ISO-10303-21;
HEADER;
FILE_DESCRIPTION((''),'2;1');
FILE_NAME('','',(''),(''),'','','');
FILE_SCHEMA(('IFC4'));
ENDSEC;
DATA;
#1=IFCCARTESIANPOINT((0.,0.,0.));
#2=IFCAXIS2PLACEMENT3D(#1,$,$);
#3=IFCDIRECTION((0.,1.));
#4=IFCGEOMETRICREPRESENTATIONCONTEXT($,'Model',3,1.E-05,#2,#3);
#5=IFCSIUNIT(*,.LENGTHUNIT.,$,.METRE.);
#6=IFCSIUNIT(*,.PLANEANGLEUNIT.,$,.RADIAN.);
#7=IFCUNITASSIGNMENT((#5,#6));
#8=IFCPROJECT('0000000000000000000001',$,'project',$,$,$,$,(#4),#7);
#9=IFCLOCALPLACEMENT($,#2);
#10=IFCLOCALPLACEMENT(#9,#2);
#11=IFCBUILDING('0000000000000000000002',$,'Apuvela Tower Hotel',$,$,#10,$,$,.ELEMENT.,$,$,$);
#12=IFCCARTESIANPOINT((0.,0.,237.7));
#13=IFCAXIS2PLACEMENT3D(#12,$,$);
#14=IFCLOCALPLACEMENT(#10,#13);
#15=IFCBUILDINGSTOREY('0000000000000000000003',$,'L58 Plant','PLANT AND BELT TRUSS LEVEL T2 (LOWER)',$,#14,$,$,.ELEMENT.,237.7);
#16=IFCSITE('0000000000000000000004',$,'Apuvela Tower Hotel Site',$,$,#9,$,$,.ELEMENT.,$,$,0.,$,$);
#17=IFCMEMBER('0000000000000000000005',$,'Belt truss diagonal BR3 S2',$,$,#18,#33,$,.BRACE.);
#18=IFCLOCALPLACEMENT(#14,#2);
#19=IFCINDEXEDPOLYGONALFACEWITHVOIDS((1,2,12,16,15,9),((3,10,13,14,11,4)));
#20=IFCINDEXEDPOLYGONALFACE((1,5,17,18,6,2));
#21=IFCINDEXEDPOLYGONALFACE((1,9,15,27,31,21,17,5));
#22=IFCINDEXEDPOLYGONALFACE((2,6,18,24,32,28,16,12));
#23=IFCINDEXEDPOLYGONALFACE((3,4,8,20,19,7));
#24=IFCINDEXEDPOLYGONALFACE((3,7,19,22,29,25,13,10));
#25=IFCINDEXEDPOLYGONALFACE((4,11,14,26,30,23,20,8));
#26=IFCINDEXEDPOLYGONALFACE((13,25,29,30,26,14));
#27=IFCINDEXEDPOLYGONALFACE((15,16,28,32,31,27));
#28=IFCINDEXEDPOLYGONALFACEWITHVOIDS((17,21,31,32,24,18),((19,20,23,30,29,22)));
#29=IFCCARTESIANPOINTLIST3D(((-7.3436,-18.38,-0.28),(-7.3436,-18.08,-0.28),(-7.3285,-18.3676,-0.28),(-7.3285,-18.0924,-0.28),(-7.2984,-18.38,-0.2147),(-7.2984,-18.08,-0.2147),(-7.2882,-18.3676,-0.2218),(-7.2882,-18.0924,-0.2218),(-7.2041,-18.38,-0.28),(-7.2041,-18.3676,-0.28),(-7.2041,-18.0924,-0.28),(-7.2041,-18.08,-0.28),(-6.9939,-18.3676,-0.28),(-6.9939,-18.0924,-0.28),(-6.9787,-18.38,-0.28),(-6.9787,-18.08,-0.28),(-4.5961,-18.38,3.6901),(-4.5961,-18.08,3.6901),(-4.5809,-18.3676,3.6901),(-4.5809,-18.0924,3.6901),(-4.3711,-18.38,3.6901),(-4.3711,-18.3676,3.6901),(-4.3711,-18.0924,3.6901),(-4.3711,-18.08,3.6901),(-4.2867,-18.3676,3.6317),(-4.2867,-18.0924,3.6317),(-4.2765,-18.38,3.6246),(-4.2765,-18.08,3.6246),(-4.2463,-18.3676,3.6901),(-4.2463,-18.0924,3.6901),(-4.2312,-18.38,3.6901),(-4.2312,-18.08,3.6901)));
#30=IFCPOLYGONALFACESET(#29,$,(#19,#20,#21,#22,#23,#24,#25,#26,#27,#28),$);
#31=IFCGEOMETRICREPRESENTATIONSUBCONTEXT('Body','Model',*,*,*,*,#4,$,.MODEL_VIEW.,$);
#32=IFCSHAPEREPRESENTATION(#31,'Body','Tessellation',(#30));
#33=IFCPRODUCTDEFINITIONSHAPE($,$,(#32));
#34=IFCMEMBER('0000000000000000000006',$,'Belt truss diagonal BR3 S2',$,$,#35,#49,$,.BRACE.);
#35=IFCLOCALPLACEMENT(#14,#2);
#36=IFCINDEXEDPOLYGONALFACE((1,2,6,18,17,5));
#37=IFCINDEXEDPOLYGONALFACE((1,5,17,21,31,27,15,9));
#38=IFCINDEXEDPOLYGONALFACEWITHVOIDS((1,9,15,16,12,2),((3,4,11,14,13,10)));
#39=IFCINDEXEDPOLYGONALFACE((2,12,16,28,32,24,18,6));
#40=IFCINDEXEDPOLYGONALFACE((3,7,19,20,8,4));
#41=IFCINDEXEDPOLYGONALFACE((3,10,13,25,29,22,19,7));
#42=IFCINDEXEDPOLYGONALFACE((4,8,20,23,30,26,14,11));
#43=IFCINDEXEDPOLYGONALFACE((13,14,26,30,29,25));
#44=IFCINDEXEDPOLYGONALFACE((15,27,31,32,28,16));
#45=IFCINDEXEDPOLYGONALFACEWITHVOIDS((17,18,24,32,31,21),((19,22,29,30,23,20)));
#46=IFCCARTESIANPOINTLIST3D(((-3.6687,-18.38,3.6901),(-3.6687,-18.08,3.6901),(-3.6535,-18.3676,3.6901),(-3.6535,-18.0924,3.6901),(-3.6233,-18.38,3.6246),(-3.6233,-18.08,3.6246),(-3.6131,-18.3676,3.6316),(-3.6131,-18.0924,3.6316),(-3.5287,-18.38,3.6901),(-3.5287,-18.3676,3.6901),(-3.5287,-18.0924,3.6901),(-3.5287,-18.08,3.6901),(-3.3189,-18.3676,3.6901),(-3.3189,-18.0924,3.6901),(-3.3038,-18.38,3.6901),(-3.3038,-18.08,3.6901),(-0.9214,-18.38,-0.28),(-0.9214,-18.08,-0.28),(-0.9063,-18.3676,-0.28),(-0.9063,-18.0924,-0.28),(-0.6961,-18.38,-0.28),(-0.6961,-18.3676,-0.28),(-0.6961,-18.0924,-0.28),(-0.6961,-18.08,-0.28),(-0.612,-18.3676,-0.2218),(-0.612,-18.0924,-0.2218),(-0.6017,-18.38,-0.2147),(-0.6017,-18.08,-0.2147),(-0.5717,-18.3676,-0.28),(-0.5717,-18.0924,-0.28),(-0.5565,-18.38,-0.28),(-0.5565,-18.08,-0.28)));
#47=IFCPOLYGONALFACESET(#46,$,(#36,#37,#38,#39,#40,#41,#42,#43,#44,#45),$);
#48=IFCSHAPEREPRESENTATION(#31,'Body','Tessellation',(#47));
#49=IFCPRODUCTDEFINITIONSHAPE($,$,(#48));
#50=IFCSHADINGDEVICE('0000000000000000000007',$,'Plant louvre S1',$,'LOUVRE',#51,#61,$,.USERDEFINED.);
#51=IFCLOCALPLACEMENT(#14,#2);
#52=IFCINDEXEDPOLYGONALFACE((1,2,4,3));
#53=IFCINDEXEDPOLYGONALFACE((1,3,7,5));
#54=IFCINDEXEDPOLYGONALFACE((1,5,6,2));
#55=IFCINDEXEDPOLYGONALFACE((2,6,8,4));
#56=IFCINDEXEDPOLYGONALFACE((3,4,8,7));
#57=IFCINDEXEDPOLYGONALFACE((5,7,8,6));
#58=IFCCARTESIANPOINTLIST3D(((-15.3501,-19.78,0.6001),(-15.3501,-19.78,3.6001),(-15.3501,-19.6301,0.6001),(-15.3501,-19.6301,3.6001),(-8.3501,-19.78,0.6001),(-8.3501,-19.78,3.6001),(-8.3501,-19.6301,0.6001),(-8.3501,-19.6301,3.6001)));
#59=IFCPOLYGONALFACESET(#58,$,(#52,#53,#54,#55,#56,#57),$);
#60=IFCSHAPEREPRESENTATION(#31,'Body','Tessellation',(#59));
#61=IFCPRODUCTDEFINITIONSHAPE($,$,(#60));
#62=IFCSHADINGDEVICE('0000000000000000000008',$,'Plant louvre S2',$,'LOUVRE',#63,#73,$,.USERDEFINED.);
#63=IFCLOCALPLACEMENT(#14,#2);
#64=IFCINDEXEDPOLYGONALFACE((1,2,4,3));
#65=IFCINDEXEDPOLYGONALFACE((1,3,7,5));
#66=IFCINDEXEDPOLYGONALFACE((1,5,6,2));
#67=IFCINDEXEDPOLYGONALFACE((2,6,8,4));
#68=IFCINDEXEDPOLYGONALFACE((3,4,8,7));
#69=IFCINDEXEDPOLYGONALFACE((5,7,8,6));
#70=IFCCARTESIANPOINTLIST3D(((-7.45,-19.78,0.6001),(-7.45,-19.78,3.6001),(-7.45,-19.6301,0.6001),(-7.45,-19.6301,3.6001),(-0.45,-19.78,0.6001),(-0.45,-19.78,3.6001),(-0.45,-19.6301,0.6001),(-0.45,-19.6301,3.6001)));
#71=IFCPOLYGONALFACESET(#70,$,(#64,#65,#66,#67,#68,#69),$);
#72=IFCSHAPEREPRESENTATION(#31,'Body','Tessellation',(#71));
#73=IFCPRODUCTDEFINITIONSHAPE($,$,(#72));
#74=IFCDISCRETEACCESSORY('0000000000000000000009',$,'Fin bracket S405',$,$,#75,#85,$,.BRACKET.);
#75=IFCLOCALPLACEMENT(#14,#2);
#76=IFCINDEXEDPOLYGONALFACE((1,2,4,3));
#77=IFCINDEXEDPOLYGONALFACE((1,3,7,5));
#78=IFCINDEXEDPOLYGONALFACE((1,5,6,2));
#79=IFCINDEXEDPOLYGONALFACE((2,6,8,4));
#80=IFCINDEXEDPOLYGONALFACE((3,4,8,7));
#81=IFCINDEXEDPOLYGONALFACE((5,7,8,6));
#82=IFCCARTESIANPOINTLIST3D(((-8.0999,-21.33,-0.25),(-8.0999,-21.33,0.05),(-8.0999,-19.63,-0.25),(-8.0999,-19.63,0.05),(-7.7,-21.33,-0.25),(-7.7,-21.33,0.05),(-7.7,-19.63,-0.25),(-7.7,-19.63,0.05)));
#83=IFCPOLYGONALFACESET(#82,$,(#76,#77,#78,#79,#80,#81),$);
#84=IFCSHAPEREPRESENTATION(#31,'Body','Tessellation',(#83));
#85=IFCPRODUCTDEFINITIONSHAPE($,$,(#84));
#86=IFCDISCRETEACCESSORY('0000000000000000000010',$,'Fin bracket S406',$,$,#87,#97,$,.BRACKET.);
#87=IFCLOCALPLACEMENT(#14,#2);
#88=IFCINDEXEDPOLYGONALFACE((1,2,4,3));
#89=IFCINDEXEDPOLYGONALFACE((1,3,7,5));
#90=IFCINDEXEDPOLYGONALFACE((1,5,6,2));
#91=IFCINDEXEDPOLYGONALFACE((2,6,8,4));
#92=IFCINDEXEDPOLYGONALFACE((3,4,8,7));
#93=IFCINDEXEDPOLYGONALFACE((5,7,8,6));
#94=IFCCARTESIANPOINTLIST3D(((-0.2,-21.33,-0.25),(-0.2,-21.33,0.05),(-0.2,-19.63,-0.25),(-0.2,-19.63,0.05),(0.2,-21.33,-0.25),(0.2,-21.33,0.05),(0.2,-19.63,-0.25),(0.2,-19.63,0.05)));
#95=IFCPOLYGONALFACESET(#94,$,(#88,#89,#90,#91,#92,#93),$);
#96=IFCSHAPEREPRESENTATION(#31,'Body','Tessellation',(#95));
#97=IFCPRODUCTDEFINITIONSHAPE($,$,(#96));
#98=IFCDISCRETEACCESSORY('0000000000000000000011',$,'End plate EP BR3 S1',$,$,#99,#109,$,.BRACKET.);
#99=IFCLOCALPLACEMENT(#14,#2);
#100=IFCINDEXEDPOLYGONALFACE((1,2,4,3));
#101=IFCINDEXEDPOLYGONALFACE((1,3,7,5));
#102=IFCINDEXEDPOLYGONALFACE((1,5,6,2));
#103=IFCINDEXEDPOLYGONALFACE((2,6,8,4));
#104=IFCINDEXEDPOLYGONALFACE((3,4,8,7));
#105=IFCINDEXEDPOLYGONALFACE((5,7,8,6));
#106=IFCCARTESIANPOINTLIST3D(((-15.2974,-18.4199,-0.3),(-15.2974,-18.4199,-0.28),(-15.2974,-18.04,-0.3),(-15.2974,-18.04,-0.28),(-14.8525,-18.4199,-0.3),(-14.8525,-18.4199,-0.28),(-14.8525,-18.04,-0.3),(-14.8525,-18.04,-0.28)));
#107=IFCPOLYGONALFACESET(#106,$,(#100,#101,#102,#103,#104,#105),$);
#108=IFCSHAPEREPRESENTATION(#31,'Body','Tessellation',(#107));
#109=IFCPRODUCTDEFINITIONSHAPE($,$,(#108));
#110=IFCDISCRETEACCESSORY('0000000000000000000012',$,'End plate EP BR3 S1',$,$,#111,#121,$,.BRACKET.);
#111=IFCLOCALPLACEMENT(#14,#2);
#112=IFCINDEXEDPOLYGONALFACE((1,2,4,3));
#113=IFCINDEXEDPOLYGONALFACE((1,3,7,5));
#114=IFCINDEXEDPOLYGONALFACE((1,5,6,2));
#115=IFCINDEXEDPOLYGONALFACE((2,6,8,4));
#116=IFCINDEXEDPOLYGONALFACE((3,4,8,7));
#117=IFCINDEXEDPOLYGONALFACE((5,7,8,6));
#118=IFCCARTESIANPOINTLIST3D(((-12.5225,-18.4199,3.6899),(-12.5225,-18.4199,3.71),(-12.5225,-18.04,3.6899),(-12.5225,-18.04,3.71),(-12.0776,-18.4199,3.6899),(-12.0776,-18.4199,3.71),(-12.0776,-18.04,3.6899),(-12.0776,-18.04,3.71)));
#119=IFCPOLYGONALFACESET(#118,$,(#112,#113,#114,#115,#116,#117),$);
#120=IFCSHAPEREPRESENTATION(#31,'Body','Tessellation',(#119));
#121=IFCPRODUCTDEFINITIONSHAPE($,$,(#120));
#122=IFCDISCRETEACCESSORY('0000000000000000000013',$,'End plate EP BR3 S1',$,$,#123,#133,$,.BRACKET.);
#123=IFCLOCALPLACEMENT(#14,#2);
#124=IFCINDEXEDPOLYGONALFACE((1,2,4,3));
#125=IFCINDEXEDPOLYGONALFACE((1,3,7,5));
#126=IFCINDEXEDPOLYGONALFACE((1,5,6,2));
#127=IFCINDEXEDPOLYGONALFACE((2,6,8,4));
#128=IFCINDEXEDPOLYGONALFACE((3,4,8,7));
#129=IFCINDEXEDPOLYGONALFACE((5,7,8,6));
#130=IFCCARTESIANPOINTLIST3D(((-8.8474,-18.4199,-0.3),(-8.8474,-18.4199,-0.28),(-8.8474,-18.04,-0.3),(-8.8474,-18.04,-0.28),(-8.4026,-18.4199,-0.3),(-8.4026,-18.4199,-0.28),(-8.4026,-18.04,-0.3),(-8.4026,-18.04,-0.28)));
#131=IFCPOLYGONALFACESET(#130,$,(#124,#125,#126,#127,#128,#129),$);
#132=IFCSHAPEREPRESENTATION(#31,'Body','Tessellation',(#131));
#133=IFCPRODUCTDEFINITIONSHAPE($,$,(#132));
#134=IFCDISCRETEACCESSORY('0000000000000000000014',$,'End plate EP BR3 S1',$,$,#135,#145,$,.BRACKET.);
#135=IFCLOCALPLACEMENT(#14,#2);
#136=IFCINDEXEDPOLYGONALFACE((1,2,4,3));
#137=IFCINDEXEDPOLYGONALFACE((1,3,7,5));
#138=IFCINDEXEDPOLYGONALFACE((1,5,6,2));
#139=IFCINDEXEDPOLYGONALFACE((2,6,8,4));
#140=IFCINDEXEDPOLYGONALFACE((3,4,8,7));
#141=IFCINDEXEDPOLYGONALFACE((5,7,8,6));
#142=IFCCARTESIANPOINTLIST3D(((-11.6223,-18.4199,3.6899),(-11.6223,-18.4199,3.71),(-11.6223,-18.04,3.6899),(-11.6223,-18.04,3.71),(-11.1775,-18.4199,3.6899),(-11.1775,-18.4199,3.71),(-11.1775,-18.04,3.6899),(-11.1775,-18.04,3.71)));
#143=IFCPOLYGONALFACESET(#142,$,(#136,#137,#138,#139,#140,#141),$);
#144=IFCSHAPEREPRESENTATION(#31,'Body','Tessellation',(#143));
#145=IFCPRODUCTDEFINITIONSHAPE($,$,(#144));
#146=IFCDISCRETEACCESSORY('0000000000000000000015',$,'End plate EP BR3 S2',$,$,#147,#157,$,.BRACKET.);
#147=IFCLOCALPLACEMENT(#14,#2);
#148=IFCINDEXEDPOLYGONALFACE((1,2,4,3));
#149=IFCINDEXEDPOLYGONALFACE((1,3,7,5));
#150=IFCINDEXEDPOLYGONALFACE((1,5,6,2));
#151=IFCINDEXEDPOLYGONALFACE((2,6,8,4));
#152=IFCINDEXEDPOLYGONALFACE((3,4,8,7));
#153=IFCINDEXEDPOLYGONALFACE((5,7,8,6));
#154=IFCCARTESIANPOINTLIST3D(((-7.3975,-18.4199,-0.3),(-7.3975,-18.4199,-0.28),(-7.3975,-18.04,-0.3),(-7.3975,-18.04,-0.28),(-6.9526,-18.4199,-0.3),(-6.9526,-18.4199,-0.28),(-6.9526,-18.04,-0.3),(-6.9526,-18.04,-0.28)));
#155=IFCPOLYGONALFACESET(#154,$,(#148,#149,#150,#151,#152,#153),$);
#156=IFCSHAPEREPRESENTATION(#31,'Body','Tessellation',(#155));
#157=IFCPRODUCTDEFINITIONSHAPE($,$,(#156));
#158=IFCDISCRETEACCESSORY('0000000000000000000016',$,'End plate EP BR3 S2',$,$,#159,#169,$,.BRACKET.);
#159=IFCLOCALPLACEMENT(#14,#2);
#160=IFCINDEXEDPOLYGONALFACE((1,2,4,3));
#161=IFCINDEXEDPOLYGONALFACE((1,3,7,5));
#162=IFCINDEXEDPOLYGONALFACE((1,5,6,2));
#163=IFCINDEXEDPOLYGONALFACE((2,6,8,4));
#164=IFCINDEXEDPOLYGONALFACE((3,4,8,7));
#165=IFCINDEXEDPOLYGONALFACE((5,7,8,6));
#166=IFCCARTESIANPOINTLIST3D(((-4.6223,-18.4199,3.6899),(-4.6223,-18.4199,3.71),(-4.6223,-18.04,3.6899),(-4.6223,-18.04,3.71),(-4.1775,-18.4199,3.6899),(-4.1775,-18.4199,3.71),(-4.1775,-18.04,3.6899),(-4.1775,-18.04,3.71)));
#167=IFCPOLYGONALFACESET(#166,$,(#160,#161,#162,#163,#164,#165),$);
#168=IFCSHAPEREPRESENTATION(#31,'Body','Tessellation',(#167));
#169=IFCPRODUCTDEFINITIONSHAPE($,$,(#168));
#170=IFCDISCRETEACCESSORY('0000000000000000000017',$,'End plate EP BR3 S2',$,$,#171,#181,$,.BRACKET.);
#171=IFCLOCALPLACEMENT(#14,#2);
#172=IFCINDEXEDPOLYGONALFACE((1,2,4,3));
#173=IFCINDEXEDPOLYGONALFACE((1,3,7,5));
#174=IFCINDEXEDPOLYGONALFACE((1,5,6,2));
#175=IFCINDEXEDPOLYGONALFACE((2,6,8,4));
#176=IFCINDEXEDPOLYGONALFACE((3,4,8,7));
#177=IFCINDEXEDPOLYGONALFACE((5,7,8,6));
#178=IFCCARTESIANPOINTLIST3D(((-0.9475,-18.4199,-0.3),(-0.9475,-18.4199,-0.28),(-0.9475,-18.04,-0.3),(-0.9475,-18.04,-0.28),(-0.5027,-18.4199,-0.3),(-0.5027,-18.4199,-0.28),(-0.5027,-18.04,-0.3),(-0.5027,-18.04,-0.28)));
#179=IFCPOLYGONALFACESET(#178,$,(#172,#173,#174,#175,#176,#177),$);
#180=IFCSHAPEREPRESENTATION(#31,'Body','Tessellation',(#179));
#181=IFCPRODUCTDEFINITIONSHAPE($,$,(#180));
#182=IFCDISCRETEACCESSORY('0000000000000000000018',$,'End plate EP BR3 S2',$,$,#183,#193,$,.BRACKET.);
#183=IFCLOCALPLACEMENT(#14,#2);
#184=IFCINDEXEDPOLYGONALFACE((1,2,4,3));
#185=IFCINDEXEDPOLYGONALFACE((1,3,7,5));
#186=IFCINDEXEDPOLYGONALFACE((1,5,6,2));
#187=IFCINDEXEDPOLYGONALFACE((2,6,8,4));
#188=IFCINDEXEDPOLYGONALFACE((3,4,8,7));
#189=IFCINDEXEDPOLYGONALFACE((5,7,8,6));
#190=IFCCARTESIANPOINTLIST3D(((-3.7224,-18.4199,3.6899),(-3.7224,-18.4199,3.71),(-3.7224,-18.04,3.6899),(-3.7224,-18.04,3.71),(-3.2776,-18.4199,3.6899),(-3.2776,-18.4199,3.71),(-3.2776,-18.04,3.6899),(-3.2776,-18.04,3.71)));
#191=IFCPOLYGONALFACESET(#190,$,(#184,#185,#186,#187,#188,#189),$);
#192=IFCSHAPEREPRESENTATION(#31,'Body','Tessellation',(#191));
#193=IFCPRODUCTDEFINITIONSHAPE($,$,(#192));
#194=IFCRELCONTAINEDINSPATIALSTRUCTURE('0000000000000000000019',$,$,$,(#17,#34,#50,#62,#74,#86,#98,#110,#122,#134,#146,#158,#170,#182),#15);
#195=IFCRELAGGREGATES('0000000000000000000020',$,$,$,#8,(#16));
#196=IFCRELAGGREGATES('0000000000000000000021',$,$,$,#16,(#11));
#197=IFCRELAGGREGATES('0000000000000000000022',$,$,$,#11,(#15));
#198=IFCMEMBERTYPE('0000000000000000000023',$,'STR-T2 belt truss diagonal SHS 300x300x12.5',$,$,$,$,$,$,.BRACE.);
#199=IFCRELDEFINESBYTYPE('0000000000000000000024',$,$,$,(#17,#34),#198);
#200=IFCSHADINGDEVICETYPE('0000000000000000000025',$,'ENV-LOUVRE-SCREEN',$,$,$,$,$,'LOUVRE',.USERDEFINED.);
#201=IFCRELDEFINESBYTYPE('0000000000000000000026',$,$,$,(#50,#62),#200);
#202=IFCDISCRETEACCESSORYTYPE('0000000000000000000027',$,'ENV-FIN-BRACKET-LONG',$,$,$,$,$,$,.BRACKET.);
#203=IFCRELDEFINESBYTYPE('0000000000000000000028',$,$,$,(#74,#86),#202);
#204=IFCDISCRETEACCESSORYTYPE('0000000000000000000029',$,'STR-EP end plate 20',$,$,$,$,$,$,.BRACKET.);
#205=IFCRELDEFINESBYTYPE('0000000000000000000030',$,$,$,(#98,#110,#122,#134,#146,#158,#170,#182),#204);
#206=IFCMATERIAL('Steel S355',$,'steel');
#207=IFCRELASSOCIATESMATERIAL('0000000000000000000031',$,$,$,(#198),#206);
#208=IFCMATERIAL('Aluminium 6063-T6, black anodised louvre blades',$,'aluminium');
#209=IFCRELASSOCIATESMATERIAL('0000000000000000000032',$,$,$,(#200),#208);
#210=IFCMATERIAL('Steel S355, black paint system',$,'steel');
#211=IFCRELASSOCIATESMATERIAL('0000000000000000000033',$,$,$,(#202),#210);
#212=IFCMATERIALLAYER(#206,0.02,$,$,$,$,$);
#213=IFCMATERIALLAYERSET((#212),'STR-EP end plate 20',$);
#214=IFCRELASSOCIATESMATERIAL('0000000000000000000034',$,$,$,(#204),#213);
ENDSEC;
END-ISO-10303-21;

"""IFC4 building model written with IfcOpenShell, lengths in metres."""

from ifc_helpers import new_model, si_unit, direction, frame, origin, origin_2d, place, context, subcontext, project, spatial, rectangle, hollow_rectangle, extrude, boolean, halfspace, material, layer, layer_set, material_profile, profile_set, type_object, element, save


model = new_model("IFC4")

# Units and contexts
model_context = context("Model", 3, precision=1e-05, world=origin(), true_north=direction((0.0, 1.0)))
body_context = subcontext(model_context, "Body", "Model", "MODEL_VIEW")
ifc_project = project(units=[si_unit("LENGTHUNIT", "METRE"), si_unit("PLANEANGLEUNIT", "RADIAN")], contexts=[model_context])

# Site, building, storey
site_placement = place(None, origin())
site = spatial("IfcSite", under=ifc_project, at=site_placement, Name="Apuvela Tower Hotel Site", CompositionType="ELEMENT", RefElevation=0.0)
building_placement = place(site_placement, origin())
building = spatial("IfcBuilding", under=site, at=building_placement, Name="Apuvela Tower Hotel", CompositionType="ELEMENT")
storey_placement = place(building_placement, frame((0.0, 0.0, 237.7)))
storey = spatial("IfcBuildingStorey", under=building, at=storey_placement, Name="L58 Plant", Description="PLANT AND BELT TRUSS LEVEL T2 (LOWER)", CompositionType="ELEMENT", Elevation=237.7)

# Shared definitions
ifc_material_1 = material(Name="Steel S355", Category="steel")

# Members
ifc_material_profile_1 = material_profile(ifc_material_1, hollow_rectangle(XDim=0.3, YDim=0.3, WallThickness=0.0125, at=origin_2d()), Name="SHS 300x300x12.5")
ifc_profile_set_1 = profile_set([ifc_material_profile_1], Name="Steel S355")
member_type_1 = type_object("IfcMemberType", Name="STR-T2 belt truss diagonal SHS 300x300x12.5", PredefinedType="BRACE", material=ifc_profile_set_1)
member_1_placement = place(storey_placement, frame((-7.175, -18.23, -0.3), z_axis=(0.569069, 0.0, 0.82229), x_axis=(-0.82229, 0.0, 0.569069)))
solid_1 = boolean("DIFFERENCE", boolean("DIFFERENCE", extrude(hollow_rectangle(XDim=0.3, YDim=0.3, WallThickness=0.0125, at=origin_2d()), frame((0.0, 0.0, -0.2239)), (0.0, 0.0, 1.0), 5.3242), halfspace(frame((0.0, 0.0, 0.0244), z_axis=(0.569069, 0.0, 0.82229), x_axis=(0.82229, 0.0, -0.569069)), True)), halfspace(frame((0.0, 0.0, 4.8525), z_axis=(0.569069, 0.0, 0.82229), x_axis=(0.82229, 0.0, -0.569069)), False))
element("IfcMember", 1, at=member_1_placement, inside=storey, type_object=member_type_1, Name="Belt truss diagonal BR3 S2", PredefinedType="BRACE", context=body_context, shape_type="SweptSolid", body=[
    boolean("UNION", boolean("DIFFERENCE", boolean("DIFFERENCE", extrude(hollow_rectangle(XDim=0.3, YDim=0.3, WallThickness=0.0125, at=origin_2d()), origin(), (0.0, 0.0, 1.0), 4.8767), halfspace(frame((0.0, 0.0, 0.0244), z_axis=(0.569069, 0.0, 0.82229), x_axis=(0.82229, 0.0, -0.569069)), True)), halfspace(frame((0.0, 0.0, 4.8525), z_axis=(0.569069, 0.0, 0.82229), x_axis=(0.82229, 0.0, -0.569069)), False)), solid_1),
])
member_2_placement = place(storey_placement, frame((-0.7251, -18.23, -0.3), z_axis=(-0.569036, 0.0, 0.822313), x_axis=(0.822313, 0.0, 0.569036)))
solid_2 = boolean("DIFFERENCE", boolean("DIFFERENCE", extrude(hollow_rectangle(XDim=0.3, YDim=0.3, WallThickness=0.0125, at=origin_2d()), frame((0.0, 0.0, -0.2239)), (0.0, 0.0, 1.0), 5.3242), halfspace(frame((0.0, 0.0, 0.0244), z_axis=(0.569036, 0.0, 0.822313), x_axis=(0.822313, 0.0, -0.569036)), True)), halfspace(frame((0.0, 0.0, 4.8523), z_axis=(0.569036, 0.0, 0.822313), x_axis=(0.822313, 0.0, -0.569036)), False))
element("IfcMember", 2, at=member_2_placement, inside=storey, type_object=member_type_1, Name="Belt truss diagonal BR3 S2", PredefinedType="BRACE", context=body_context, shape_type="SweptSolid", body=[
    boolean("UNION", boolean("DIFFERENCE", boolean("DIFFERENCE", extrude(hollow_rectangle(XDim=0.3, YDim=0.3, WallThickness=0.0125, at=origin_2d()), origin(), (0.0, 0.0, 1.0), 4.8765), halfspace(frame((0.0, 0.0, 0.0244), z_axis=(0.569036, 0.0, 0.822313), x_axis=(0.822313, 0.0, -0.569036)), True)), halfspace(frame((0.0, 0.0, 4.8523), z_axis=(0.569036, 0.0, 0.822313), x_axis=(0.822313, 0.0, -0.569036)), False)), solid_2),
])

# Shading devices
ifc_material_2 = material(Name="Aluminium 6063-T6, black anodised louvre blades", Category="aluminium")
shading_device_type = type_object("IfcShadingDeviceType", Name="ENV-LOUVRE-SCREEN", ElementType="LOUVRE", PredefinedType="USERDEFINED", material=ifc_material_2)
for number, where, z_axis, x_axis, name in (
    (3, (-11.8501, -19.7051, 0.6001), (0.0, 0.0, 1.0), (1.0, 0.0, 0.0), "Plant louvre S1"),
    (4, (-3.95, -19.7051, 0.6001), (0.0, 0.0, 1.0), (1.0, 0.0, 0.0), "Plant louvre S2"),
):
    element("IfcShadingDevice", number, at=place(storey_placement, frame(where, z_axis=z_axis, x_axis=x_axis)), inside=storey, type_object=shading_device_type, Name=name, ObjectType="LOUVRE", PredefinedType="USERDEFINED", context=body_context, shape_type="SweptSolid", body=[
        extrude(rectangle(XDim=7.0, YDim=0.1499, at=origin_2d()), origin(), (0.0, 0.0, 1.0), 3.0),
    ])

# Discrete accessories
ifc_material_3 = material(Name="Steel S355, black paint system", Category="steel")
discrete_accessory_type_1 = type_object("IfcDiscreteAccessoryType", Name="ENV-FIN-BRACKET-LONG", PredefinedType="BRACKET", material=ifc_material_3)
for number, where, z_axis, x_axis, name in (
    (5, (-7.8999, -20.48, -0.25), (0.0, 0.0, 1.0), (1.0, 0.0, 0.0), "Fin bracket S405"),
    (6, (0.0, -20.48, -0.25), (0.0, 0.0, 1.0), (1.0, 0.0, 0.0), "Fin bracket S406"),
):
    element("IfcDiscreteAccessory", number, at=place(storey_placement, frame(where, z_axis=z_axis, x_axis=x_axis)), inside=storey, type_object=discrete_accessory_type_1, Name=name, PredefinedType="BRACKET", context=body_context, shape_type="SweptSolid", body=[
        extrude(rectangle(XDim=0.3999, YDim=1.7, at=origin_2d()), origin(), (0.0, 0.0, 1.0), 0.3),
    ])
ifc_layer = layer(ifc_material_1, 0.02)
ifc_layer_set = layer_set([ifc_layer], Name="STR-EP end plate 20")
discrete_accessory_type_2 = type_object("IfcDiscreteAccessoryType", Name="STR-EP end plate 20", PredefinedType="BRACKET", material=ifc_layer_set)
for number, where, z_axis, x_axis, name in (
    (7, (-15.075, -18.23, -0.3), (0.0, 0.0, 1.0), (1.0, 0.0, 0.0), "End plate EP BR3 S1"),
    (8, (-12.3, -18.23, 3.6899), (0.0, 0.0, 1.0), (1.0, 0.0, 0.0), "End plate EP BR3 S1"),
    (9, (-8.625, -18.23, -0.3), (0.0, 0.0, 1.0), (-1.0, 0.0, 0.0), "End plate EP BR3 S1"),
    (10, (-11.3999, -18.23, 3.6899), (0.0, 0.0, 1.0), (-1.0, 0.0, 0.0), "End plate EP BR3 S1"),
    (11, (-7.175, -18.23, -0.3), (0.0, 0.0, 1.0), (1.0, 0.0, 0.0), "End plate EP BR3 S2"),
    (12, (-4.3999, -18.23, 3.6899), (0.0, 0.0, 1.0), (1.0, 0.0, 0.0), "End plate EP BR3 S2"),
    (13, (-0.7251, -18.23, -0.3), (0.0, 0.0, 1.0), (-1.0, 0.0, 0.0), "End plate EP BR3 S2"),
    (14, (-3.5, -18.23, 3.6899), (0.0, 0.0, 1.0), (-1.0, 0.0, 0.0), "End plate EP BR3 S2"),
):
    element("IfcDiscreteAccessory", number, at=place(storey_placement, frame(where, z_axis=z_axis, x_axis=x_axis)), inside=storey, type_object=discrete_accessory_type_2, Name=name, PredefinedType="BRACKET", context=body_context, shape_type="SweptSolid", body=[
        extrude(rectangle(XDim=0.4448, YDim=0.3799, at=origin_2d()), origin(), (0.0, 0.0, 1.0), 0.02),
    ])

save(model, "model.ifc")
